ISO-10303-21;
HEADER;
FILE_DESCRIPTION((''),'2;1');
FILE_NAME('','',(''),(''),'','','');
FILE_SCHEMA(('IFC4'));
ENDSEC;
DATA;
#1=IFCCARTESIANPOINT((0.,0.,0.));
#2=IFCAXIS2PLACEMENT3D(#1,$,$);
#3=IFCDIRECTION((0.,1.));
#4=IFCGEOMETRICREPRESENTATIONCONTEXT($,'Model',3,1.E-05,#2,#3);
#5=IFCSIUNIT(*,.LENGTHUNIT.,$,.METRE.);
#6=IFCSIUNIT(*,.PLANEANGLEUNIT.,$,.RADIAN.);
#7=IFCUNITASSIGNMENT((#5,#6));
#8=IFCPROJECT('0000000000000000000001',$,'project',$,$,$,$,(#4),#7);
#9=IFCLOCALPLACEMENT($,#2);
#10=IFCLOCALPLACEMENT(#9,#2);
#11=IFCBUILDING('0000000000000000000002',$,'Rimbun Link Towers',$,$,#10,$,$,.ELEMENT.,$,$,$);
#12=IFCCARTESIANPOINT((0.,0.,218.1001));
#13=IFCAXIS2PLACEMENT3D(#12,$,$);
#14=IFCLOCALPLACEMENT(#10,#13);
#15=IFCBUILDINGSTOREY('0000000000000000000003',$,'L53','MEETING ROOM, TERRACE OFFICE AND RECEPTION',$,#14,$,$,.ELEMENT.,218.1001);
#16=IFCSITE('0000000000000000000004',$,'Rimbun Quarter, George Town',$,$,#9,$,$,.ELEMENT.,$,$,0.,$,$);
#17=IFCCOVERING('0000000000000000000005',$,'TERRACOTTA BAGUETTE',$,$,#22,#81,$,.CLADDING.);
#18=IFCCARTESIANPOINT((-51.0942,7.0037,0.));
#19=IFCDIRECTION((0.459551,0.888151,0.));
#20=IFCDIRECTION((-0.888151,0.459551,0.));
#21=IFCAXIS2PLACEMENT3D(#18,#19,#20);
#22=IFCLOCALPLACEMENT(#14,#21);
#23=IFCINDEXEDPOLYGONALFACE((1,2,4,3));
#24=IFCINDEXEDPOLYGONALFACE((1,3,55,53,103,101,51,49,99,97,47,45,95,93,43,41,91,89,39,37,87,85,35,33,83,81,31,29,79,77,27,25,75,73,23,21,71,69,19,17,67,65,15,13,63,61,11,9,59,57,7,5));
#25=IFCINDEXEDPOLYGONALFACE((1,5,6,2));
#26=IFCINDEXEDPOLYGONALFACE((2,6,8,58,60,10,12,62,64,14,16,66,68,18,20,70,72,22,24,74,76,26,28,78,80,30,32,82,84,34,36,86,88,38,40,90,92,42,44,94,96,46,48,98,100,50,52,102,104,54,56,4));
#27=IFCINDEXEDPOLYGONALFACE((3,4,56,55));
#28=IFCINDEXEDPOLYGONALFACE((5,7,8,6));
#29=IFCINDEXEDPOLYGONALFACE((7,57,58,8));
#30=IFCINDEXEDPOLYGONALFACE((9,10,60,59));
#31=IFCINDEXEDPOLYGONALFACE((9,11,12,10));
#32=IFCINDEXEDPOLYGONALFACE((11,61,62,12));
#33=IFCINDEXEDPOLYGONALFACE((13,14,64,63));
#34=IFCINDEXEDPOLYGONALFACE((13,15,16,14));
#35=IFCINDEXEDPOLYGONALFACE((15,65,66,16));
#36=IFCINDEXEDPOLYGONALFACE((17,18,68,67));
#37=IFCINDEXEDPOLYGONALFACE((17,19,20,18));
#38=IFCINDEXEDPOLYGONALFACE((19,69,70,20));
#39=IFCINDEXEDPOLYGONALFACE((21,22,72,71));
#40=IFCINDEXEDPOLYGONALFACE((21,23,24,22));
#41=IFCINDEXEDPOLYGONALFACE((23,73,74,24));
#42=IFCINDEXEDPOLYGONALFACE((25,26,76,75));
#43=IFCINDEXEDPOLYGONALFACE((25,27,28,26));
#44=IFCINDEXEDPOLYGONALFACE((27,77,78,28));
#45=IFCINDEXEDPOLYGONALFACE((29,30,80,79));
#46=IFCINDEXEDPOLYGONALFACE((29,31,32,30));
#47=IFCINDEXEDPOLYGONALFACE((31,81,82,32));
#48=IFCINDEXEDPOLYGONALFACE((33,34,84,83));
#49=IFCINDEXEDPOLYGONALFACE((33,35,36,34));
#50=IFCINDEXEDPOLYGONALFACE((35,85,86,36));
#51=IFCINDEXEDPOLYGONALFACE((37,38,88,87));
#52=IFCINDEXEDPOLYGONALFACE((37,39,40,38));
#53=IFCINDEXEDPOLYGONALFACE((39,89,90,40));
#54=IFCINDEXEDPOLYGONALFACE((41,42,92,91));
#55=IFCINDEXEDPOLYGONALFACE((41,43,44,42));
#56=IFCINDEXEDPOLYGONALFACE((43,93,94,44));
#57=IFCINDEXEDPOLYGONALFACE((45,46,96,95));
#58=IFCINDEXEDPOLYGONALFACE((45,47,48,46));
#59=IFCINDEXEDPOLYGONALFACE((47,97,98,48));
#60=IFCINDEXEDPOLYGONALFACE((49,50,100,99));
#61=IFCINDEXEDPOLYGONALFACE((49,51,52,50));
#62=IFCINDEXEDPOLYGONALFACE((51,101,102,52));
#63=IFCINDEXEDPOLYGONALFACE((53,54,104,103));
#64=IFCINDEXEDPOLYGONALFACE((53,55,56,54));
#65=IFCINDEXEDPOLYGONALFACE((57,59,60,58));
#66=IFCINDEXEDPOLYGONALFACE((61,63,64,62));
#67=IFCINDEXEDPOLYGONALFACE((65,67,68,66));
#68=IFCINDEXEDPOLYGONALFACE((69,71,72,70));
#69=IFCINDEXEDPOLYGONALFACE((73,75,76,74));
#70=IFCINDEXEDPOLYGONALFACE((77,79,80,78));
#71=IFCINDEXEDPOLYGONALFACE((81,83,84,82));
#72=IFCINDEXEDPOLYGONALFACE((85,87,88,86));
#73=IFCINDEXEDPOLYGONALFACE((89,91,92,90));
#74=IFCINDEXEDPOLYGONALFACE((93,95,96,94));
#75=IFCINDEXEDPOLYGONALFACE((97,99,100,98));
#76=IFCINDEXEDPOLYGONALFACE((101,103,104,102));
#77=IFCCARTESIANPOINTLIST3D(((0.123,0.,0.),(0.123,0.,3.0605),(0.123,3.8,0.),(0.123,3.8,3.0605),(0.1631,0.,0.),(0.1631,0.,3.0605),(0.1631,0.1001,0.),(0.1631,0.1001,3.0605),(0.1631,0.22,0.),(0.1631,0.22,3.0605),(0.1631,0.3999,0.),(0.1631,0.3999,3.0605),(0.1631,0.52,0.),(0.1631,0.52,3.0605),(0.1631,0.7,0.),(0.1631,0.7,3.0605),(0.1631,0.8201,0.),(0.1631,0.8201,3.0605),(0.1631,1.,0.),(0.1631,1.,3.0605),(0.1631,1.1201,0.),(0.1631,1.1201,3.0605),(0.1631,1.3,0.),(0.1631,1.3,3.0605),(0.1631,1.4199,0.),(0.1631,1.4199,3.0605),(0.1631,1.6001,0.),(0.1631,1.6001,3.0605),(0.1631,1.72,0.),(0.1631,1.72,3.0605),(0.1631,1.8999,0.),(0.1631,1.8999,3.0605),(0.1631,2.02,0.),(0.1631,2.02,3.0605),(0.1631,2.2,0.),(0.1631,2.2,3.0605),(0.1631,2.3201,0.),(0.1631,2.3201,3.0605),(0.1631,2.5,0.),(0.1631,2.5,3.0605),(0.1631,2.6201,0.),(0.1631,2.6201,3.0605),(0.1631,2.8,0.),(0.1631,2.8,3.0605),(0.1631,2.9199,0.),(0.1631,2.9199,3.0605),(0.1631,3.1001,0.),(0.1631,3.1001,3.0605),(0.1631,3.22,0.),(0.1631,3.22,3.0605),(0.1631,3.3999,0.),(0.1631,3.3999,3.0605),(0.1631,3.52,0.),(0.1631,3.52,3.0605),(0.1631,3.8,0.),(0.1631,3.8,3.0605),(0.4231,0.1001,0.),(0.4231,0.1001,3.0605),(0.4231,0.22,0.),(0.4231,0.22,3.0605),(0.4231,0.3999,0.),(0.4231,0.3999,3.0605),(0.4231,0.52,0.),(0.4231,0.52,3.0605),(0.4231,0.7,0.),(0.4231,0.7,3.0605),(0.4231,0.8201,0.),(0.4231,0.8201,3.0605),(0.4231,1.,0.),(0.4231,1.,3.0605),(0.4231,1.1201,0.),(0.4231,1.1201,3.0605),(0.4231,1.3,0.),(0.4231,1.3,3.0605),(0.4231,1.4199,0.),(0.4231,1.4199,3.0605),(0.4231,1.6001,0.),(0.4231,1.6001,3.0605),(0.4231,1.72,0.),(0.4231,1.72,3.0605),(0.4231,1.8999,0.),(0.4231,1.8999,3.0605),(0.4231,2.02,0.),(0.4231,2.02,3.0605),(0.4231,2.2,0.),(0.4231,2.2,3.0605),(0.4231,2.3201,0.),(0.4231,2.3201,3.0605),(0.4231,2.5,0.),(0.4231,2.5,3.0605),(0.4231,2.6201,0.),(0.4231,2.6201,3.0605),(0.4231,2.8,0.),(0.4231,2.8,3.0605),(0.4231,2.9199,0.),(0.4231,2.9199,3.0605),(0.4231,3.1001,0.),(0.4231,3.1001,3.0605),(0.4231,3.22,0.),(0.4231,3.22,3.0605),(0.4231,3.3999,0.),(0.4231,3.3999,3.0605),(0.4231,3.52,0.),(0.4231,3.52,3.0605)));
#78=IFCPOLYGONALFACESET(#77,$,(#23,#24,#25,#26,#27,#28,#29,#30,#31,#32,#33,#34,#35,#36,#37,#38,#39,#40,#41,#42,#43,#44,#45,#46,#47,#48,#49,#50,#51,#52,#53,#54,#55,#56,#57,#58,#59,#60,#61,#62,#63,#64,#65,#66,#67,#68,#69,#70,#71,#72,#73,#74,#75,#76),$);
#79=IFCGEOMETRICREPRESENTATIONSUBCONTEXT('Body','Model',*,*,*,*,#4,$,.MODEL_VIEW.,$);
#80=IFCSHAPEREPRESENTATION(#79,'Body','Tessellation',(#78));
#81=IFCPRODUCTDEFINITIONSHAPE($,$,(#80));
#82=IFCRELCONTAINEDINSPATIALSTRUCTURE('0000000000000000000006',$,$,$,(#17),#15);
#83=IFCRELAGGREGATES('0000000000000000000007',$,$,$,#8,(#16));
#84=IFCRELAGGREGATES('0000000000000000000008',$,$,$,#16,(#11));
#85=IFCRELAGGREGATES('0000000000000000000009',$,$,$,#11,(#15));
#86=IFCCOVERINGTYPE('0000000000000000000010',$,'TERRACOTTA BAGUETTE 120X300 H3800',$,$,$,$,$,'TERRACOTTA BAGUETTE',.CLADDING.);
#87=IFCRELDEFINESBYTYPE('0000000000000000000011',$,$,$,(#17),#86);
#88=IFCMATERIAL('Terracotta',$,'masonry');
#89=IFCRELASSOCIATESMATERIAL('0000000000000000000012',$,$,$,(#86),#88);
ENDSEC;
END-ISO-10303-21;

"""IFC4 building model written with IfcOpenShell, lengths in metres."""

from ifc_helpers import new_model, si_unit, direction, frame, origin, place, context, subcontext, project, spatial, polyline, outline, extrude, material, material_profile, profile_set, type_object, element, save


model = new_model("IFC4")

# Units and contexts
model_context = context("Model", 3, precision=1e-05, world=origin(), true_north=direction((0.0, 1.0)))
body_context = subcontext(model_context, "Body", "Model", "MODEL_VIEW")
ifc_project = project(units=[si_unit("LENGTHUNIT", "METRE"), si_unit("PLANEANGLEUNIT", "RADIAN")], contexts=[model_context])

# Site, building, storey
site_placement = place(None, origin())
site = spatial("IfcSite", under=ifc_project, at=site_placement, Name="Rimbun Quarter, George Town", CompositionType="ELEMENT", RefElevation=0.0)
building_placement = place(site_placement, origin())
building = spatial("IfcBuilding", under=site, at=building_placement, Name="Rimbun Link Towers", CompositionType="ELEMENT")
storey_placement = place(building_placement, frame((0.0, 0.0, 218.1001)))
storey = spatial("IfcBuildingStorey", under=building, at=storey_placement, Name="L53", Description="MEETING ROOM, TERRACE OFFICE AND RECEPTION", CompositionType="ELEMENT", Elevation=218.1001)

# Covering
ifc_material_1 = material(Name="Terracotta", Category="masonry")
ifc_material_profile_1 = material_profile(ifc_material_1, outline(polyline([(0.123, 0.0), (0.1631, 0.0), (0.1631, 0.1001), (0.4231, 0.1001), (0.4231, 0.22), (0.1631, 0.22), (0.1631, 0.3999), (0.4231, 0.3999), (0.4231, 0.52), (0.1631, 0.52), (0.1631, 0.7), (0.4231, 0.7), (0.4231, 0.8201), (0.1631, 0.8201), (0.1631, 1.0), (0.4231, 1.0), (0.4231, 1.1201), (0.1631, 1.1201), (0.1631, 1.3), (0.4231, 1.3), (0.4231, 1.4199), (0.1631, 1.4199), (0.1631, 1.6001), (0.4231, 1.6001), (0.4231, 1.72), (0.1631, 1.72), (0.1631, 1.8999), (0.4231, 1.8999), (0.4231, 2.02), (0.1631, 2.02), (0.1631, 2.2), (0.4231, 2.2), (0.4231, 2.3201), (0.1631, 2.3201), (0.1631, 2.5), (0.4231, 2.5), (0.4231, 2.6201), (0.1631, 2.6201), (0.1631, 2.8), (0.4231, 2.8), (0.4231, 2.9199), (0.1631, 2.9199), (0.1631, 3.1001), (0.4231, 3.1001), (0.4231, 3.22), (0.1631, 3.22), (0.1631, 3.3999), (0.4231, 3.3999), (0.4231, 3.52), (0.1631, 3.52), (0.1631, 3.8), (0.123, 3.8), (0.123, 0.0)])), Name="BAGUETTE 120X300")
ifc_profile_set_1 = profile_set([ifc_material_profile_1], Name="Terracotta")
covering_type = type_object("IfcCoveringType", Name="TERRACOTTA BAGUETTE 120X300 H3800", ElementType="TERRACOTTA BAGUETTE", PredefinedType="CLADDING", material=ifc_profile_set_1)
covering_1_placement = place(storey_placement, frame((-51.0942, 7.0037, 0.0), z_axis=(0.459551, 0.888151, 0.0), x_axis=(-0.888151, 0.459551, 0.0)))
element("IfcCovering", 1, at=covering_1_placement, inside=storey, type_object=covering_type, Name="TERRACOTTA BAGUETTE", PredefinedType="CLADDING", context=body_context, shape_type="SweptSolid", body=[
    extrude(outline(polyline([(0.123, 0.0), (0.1631, 0.0), (0.1631, 0.1001), (0.4231, 0.1001), (0.4231, 0.22), (0.1631, 0.22), (0.1631, 0.3999), (0.4231, 0.3999), (0.4231, 0.52), (0.1631, 0.52), (0.1631, 0.7), (0.4231, 0.7), (0.4231, 0.8201), (0.1631, 0.8201), (0.1631, 1.0), (0.4231, 1.0), (0.4231, 1.1201), (0.1631, 1.1201), (0.1631, 1.3), (0.4231, 1.3), (0.4231, 1.4199), (0.1631, 1.4199), (0.1631, 1.6001), (0.4231, 1.6001), (0.4231, 1.72), (0.1631, 1.72), (0.1631, 1.8999), (0.4231, 1.8999), (0.4231, 2.02), (0.1631, 2.02), (0.1631, 2.2), (0.4231, 2.2), (0.4231, 2.3201), (0.1631, 2.3201), (0.1631, 2.5), (0.4231, 2.5), (0.4231, 2.6201), (0.1631, 2.6201), (0.1631, 2.8), (0.4231, 2.8), (0.4231, 2.9199), (0.1631, 2.9199), (0.1631, 3.1001), (0.4231, 3.1001), (0.4231, 3.22), (0.1631, 3.22), (0.1631, 3.3999), (0.4231, 3.3999), (0.4231, 3.52), (0.1631, 3.52), (0.1631, 3.8), (0.123, 3.8), (0.123, 0.0)])), origin(), (0.0, 0.0, 1.0), 3.0605),
])

save(model, "model.ifc")
